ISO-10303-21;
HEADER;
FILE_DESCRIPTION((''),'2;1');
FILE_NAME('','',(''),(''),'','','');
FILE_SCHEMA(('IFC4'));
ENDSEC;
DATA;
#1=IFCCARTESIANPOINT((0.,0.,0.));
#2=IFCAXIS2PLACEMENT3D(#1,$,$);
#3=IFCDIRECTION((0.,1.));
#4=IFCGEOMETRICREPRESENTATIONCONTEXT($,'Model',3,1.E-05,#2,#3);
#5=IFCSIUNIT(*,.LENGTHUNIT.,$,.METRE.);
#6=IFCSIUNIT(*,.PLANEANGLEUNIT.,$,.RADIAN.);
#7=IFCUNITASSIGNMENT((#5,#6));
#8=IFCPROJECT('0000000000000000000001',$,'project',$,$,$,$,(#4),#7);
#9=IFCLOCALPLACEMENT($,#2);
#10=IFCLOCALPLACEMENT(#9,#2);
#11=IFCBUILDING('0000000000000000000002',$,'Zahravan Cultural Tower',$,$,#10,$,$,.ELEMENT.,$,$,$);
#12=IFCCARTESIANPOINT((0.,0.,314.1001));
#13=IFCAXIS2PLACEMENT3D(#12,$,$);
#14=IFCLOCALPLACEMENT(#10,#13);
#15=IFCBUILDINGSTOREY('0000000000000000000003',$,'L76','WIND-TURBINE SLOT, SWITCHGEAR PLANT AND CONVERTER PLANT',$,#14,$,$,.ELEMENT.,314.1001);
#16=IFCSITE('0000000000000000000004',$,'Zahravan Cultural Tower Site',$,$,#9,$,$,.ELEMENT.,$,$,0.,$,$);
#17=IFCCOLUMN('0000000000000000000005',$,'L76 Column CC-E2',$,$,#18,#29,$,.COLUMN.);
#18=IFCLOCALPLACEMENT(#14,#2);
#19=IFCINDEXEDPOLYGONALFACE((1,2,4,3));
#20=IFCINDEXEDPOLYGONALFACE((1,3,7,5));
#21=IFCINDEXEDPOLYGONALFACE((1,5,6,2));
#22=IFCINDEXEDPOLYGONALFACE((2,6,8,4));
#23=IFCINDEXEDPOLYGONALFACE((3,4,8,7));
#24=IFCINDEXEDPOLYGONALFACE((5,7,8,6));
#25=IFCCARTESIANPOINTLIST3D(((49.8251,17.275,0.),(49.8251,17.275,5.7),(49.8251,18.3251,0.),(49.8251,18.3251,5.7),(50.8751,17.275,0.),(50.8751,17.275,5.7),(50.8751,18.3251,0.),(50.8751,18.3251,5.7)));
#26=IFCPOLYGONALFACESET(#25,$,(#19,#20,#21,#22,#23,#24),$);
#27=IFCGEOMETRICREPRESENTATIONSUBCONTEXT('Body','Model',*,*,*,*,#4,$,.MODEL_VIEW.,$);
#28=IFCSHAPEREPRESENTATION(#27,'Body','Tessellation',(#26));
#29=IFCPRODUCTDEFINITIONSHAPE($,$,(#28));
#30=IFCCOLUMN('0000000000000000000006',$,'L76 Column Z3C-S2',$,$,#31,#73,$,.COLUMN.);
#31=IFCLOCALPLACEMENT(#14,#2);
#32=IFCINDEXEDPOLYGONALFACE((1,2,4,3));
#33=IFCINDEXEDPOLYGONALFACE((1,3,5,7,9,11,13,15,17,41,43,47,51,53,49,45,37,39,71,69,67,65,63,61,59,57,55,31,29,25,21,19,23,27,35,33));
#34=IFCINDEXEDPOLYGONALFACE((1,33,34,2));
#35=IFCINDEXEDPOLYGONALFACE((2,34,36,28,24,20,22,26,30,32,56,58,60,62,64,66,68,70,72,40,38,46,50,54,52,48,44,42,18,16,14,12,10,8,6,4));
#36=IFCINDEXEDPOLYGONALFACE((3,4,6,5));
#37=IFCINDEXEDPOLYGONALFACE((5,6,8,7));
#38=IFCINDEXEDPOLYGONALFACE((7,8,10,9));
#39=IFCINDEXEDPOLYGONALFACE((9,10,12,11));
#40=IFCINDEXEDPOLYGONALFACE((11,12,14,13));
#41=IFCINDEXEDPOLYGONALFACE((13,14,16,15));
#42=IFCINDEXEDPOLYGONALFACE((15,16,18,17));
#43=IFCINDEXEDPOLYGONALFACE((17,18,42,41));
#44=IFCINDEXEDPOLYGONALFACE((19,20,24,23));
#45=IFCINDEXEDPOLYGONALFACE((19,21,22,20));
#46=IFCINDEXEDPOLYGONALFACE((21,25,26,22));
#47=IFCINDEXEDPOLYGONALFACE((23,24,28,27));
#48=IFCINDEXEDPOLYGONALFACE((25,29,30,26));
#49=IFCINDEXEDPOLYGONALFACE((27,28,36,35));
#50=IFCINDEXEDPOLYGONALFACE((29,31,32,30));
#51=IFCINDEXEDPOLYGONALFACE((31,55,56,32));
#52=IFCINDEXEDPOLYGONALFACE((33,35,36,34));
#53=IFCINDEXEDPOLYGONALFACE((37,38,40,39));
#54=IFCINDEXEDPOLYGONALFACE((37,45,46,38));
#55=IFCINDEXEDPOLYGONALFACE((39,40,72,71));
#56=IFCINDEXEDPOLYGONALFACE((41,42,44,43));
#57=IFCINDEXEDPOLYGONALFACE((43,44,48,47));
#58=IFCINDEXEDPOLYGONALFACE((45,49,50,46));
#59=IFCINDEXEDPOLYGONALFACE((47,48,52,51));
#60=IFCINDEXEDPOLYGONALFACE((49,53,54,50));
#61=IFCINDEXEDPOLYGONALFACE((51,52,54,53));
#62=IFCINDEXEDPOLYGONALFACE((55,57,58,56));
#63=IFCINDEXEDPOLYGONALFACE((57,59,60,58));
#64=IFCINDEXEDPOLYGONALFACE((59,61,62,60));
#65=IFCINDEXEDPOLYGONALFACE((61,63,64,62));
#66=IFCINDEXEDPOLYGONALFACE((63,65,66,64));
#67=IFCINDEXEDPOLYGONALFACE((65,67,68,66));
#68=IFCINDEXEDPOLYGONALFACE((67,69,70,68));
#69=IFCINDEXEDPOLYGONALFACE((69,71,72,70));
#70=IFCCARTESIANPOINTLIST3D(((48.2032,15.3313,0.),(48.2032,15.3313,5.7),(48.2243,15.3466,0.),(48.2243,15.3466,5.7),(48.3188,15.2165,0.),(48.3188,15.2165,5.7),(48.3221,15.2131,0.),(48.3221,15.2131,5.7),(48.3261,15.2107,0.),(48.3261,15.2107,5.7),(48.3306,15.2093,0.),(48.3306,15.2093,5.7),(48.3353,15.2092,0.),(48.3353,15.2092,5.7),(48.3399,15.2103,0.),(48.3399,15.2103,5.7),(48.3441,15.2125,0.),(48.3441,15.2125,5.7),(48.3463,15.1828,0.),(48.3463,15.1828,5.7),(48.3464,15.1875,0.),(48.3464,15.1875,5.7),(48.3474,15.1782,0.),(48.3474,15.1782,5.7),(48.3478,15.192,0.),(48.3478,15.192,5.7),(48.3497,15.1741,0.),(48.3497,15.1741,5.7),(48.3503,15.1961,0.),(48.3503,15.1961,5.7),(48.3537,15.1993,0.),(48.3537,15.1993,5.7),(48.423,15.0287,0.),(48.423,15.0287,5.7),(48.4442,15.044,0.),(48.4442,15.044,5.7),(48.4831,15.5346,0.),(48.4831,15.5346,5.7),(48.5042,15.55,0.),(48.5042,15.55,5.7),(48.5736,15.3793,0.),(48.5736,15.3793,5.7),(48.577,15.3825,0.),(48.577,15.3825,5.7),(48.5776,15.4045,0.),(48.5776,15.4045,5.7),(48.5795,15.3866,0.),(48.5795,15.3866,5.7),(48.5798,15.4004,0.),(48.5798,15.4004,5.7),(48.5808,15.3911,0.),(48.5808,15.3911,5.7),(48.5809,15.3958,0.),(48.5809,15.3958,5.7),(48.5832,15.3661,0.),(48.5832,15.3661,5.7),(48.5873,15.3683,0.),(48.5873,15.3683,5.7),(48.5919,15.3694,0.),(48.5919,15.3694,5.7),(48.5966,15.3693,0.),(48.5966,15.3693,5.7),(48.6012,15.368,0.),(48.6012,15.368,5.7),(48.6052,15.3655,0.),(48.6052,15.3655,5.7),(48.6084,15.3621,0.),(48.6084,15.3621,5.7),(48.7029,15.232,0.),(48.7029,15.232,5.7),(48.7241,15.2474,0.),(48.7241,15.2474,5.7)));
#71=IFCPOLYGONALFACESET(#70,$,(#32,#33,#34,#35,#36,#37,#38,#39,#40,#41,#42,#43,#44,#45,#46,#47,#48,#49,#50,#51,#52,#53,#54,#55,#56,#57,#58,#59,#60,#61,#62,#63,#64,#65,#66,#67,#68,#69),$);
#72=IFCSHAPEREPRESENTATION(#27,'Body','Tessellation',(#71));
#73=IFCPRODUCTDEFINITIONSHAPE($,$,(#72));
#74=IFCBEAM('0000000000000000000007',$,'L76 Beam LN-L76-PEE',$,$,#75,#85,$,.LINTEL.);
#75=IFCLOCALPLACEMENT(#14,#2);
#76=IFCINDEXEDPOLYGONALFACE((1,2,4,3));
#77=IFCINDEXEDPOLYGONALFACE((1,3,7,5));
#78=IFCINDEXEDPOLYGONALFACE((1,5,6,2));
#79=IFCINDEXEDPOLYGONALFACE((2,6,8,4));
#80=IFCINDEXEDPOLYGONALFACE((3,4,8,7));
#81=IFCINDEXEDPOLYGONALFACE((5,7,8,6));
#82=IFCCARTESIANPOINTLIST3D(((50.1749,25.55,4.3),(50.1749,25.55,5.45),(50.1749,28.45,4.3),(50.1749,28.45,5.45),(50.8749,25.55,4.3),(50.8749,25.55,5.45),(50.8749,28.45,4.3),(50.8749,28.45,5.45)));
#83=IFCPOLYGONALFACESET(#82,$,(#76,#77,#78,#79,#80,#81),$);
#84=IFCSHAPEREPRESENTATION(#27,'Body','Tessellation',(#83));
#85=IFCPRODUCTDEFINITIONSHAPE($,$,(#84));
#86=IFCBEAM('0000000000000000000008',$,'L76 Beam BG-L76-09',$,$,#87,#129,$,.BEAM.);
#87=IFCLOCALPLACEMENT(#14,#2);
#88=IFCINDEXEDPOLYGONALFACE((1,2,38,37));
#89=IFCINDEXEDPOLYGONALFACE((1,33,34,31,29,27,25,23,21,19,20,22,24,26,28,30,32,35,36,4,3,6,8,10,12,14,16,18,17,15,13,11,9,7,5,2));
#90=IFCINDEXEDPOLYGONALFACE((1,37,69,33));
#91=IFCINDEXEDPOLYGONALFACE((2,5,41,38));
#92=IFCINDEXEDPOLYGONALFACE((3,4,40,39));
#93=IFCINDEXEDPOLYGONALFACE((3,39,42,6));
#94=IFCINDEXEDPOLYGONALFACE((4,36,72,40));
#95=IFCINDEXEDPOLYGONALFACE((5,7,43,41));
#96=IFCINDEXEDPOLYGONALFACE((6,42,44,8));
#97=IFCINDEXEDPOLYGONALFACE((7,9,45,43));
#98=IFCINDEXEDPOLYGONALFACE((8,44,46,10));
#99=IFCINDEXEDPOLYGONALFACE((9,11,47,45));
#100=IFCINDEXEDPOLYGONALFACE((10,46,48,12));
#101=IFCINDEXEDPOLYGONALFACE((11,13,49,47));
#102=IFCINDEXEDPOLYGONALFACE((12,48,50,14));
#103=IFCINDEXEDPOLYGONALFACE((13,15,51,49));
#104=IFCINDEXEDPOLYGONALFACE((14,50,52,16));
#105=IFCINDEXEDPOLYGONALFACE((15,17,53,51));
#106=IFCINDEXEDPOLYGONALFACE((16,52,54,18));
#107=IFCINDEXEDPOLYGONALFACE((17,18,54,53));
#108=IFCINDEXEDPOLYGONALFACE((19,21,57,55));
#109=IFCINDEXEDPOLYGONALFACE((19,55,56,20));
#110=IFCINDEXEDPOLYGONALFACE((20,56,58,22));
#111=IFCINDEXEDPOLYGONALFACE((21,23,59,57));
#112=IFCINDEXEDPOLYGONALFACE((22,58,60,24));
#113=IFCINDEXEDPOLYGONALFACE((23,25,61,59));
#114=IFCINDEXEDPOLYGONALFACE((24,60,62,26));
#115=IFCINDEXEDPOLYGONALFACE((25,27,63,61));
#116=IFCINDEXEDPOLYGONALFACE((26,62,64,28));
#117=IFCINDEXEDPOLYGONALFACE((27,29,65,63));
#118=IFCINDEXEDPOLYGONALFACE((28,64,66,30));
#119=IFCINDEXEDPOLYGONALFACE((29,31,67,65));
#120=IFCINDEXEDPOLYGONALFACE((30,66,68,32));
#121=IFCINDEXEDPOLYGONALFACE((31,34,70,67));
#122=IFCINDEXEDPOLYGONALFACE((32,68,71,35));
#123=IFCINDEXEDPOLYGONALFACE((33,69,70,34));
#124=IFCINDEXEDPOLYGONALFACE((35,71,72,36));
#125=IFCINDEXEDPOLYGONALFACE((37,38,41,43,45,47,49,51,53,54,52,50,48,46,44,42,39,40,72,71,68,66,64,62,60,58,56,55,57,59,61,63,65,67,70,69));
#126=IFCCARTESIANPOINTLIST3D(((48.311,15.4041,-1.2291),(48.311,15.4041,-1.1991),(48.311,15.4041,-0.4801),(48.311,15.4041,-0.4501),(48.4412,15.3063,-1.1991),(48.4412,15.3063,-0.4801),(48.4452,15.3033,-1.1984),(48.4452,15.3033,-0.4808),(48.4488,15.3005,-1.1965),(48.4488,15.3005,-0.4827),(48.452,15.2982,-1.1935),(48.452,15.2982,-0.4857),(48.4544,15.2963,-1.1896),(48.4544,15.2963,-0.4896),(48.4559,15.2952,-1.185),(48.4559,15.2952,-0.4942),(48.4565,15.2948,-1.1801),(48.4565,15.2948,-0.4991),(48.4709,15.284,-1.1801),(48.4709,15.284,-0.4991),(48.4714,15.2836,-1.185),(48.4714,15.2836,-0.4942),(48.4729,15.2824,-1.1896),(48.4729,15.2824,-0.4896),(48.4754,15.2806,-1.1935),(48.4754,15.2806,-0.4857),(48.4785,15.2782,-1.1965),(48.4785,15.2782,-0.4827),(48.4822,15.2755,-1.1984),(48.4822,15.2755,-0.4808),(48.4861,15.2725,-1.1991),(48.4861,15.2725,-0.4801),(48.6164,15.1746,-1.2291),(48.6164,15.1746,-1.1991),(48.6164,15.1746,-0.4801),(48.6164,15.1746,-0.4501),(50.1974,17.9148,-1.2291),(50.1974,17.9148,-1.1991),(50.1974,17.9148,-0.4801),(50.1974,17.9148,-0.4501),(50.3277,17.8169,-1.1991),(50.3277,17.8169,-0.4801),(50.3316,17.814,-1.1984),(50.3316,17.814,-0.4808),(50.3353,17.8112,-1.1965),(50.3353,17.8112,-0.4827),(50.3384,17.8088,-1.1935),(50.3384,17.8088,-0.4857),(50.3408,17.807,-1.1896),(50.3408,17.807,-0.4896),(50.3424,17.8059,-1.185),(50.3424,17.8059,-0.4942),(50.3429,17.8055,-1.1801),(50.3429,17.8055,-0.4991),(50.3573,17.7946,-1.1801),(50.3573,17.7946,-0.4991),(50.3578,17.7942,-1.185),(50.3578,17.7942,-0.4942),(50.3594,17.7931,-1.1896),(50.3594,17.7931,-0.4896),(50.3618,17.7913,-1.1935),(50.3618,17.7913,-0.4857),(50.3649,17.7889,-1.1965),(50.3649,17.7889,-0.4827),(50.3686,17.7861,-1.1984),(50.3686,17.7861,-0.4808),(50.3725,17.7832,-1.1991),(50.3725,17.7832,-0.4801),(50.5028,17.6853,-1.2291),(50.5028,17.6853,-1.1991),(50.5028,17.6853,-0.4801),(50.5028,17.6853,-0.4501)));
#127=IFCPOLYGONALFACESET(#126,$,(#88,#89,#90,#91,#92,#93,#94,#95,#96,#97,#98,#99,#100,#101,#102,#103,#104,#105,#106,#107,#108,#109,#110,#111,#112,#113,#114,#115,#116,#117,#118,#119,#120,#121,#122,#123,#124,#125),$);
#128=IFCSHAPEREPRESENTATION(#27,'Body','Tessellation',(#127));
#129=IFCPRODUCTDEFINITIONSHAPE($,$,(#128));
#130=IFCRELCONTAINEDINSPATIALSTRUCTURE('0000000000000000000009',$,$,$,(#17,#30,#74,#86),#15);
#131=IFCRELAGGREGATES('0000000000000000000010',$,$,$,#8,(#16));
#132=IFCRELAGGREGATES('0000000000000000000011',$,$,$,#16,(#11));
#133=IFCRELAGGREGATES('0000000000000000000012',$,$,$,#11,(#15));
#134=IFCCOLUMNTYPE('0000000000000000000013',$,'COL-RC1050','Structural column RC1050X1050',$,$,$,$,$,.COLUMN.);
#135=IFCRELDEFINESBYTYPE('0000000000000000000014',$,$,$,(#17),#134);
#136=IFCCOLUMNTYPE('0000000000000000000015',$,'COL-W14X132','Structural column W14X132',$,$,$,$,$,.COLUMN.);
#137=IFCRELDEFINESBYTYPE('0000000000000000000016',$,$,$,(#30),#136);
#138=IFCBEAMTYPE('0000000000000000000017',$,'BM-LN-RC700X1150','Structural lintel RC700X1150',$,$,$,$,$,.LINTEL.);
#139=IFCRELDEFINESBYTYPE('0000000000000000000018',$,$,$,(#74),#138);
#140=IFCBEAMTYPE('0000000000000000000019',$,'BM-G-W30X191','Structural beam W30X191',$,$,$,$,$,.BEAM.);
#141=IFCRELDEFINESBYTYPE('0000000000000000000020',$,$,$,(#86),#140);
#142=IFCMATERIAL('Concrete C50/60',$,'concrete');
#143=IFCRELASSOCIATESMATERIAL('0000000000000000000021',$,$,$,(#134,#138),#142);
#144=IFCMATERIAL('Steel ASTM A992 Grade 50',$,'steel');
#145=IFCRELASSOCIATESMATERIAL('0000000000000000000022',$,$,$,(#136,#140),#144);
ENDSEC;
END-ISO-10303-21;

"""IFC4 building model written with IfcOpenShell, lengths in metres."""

from ifc_helpers import new_model, si_unit, direction, frame, origin, origin_2d, place, context, subcontext, project, spatial, rectangle, i_section, extrude, source, transform, mapped, material, material_profile, profile_set, type_object, element, save


model = new_model("IFC4")

# Units and contexts
model_context = context("Model", 3, precision=1e-05, world=origin(), true_north=direction((0.0, 1.0)))
body_context = subcontext(model_context, "Body", "Model", "MODEL_VIEW")
ifc_project = project(units=[si_unit("LENGTHUNIT", "METRE"), si_unit("PLANEANGLEUNIT", "RADIAN")], contexts=[model_context])

# Site, building, storey
site_placement = place(None, origin())
site = spatial("IfcSite", under=ifc_project, at=site_placement, Name="Zahravan Cultural Tower Site", CompositionType="ELEMENT", RefElevation=0.0)
building_placement = place(site_placement, origin())
building = spatial("IfcBuilding", under=site, at=building_placement, Name="Zahravan Cultural Tower", CompositionType="ELEMENT")
storey_placement = place(building_placement, frame((0.0, 0.0, 314.1001)))
storey = spatial("IfcBuildingStorey", under=building, at=storey_placement, Name="L76", Description="WIND-TURBINE SLOT, SWITCHGEAR PLANT AND CONVERTER PLANT", CompositionType="ELEMENT", Elevation=314.1001)

# Columns
ifc_material_1 = material(Name="Concrete C50/60", Category="concrete")
ifc_material_profile_1 = material_profile(ifc_material_1, rectangle(XDim=1.05, YDim=1.05, at=origin_2d()), Name="RC1050X1050")
ifc_profile_set_1 = profile_set([ifc_material_profile_1], Name="Concrete C50/60")
column_type_1 = type_object("IfcColumnType", Name="COL-RC1050", Description="Structural column RC1050X1050", PredefinedType="COLUMN", material=ifc_profile_set_1)
shared_shape_1 = source(origin(), body_context, "Body", "SweptSolid", [
    extrude(rectangle(XDim=1.05, YDim=1.05, at=origin_2d()), origin(), (0.0, 0.0, 1.0), 5.7),
])
column_1_placement = place(storey_placement, frame((50.3501, 17.8, 0.0), z_axis=(0.0, 0.0, 1.0), x_axis=(1.0, 0.0, 0.0)))
element("IfcColumn", 1, at=column_1_placement, inside=storey, type_object=column_type_1, Name="L76 Column CC-E2", PredefinedType="COLUMN", context=body_context, shape_type="MappedRepresentation", body=[
    mapped(shared_shape_1, transform((0.0, 0.0, 0.0), x_axis=(1.0, 0.0, 0.0), y_axis=(0.0, 1.0, 0.0), z_axis=(0.0, 0.0, 1.0), scale=1.0)),
])
ifc_material_2 = material(Name="Steel ASTM A992 Grade 50", Category="steel")
ifc_material_profile_2 = material_profile(ifc_material_2, i_section(OverallWidth=0.374, OverallDepth=0.3721, WebThickness=0.0164, FlangeThickness=0.0261, FilletRadius=0.0181, at=origin_2d()), Name="W14X132")
ifc_profile_set_2 = profile_set([ifc_material_profile_2], Name="Steel ASTM A992 Grade 50")
column_type_2 = type_object("IfcColumnType", Name="COL-W14X132", Description="Structural column W14X132", PredefinedType="COLUMN", material=ifc_profile_set_2)
shared_shape_2 = source(origin(), body_context, "Body", "SweptSolid", [
    extrude(i_section(OverallWidth=0.374, OverallDepth=0.3721, WebThickness=0.0164, FlangeThickness=0.0261, FilletRadius=0.0181, at=origin_2d()), origin(), (0.0, 0.0, 1.0), 5.7),
])
column_2_placement = place(storey_placement, frame((48.4636, 15.2893, 0.0), z_axis=(0.0, 0.0, 1.0), x_axis=(-0.587785, 0.809017, 0.0)))
element("IfcColumn", 2, at=column_2_placement, inside=storey, type_object=column_type_2, Name="L76 Column Z3C-S2", PredefinedType="COLUMN", context=body_context, shape_type="MappedRepresentation", body=[
    mapped(shared_shape_2, transform((0.0, 0.0, 0.0), x_axis=(1.0, 0.0, 0.0), y_axis=(0.0, 1.0, 0.0), z_axis=(0.0, 0.0, 1.0), scale=1.0)),
])

# Beams
ifc_material_profile_3 = material_profile(ifc_material_1, rectangle(XDim=0.7, YDim=1.1499, at=origin_2d()), Name="RC700X1150")
ifc_profile_set_3 = profile_set([ifc_material_profile_3], Name="Concrete C50/60")
beam_type_1 = type_object("IfcBeamType", Name="BM-LN-RC700X1150", Description="Structural lintel RC700X1150", PredefinedType="LINTEL", material=ifc_profile_set_3)
shared_shape_3 = source(origin(), body_context, "Body", "SweptSolid", [
    extrude(rectangle(XDim=0.7, YDim=1.1499, at=origin_2d()), origin(), (0.0, 0.0, 1.0), 2.8999),
])
beam_1_placement = place(storey_placement, frame((50.5249, 25.55, 4.875), z_axis=(0.0, 1.0, 0.0), x_axis=(-1.0, 0.0, 0.0)))
element("IfcBeam", 3, at=beam_1_placement, inside=storey, type_object=beam_type_1, Name="L76 Beam LN-L76-PEE", PredefinedType="LINTEL", context=body_context, shape_type="MappedRepresentation", body=[
    mapped(shared_shape_3, transform((0.0, 0.0, 0.0), x_axis=(1.0, 0.0, 0.0), y_axis=(0.0, 1.0, 0.0), z_axis=(0.0, 0.0, 1.0), scale=1.0)),
])
ifc_material_profile_4 = material_profile(ifc_material_2, i_section(OverallWidth=0.3821, OverallDepth=0.7791, WebThickness=0.0181, FlangeThickness=0.03, FilletRadius=0.019, at=origin_2d()), Name="W30X191")
ifc_profile_set_4 = profile_set([ifc_material_profile_4], Name="Steel ASTM A992 Grade 50")
beam_type_2 = type_object("IfcBeamType", Name="BM-G-W30X191", Description="Structural beam W30X191", PredefinedType="BEAM", material=ifc_profile_set_4)
shared_shape_4 = source(origin(), body_context, "Body", "SweptSolid", [
    extrude(i_section(OverallWidth=0.3821, OverallDepth=0.7791, WebThickness=0.0181, FlangeThickness=0.03, FilletRadius=0.019, at=origin_2d()), origin(), (0.0, 0.0, 1.0), 3.1404),
])
beam_2_placement = place(storey_placement, frame((50.3501, 17.8, -0.8396), z_axis=(-0.600696, -0.799477, 0.0), x_axis=(0.799477, -0.600696, 0.0)))
element("IfcBeam", 4, at=beam_2_placement, inside=storey, type_object=beam_type_2, Name="L76 Beam BG-L76-09", PredefinedType="BEAM", context=body_context, shape_type="MappedRepresentation", body=[
    mapped(shared_shape_4, transform((0.0, 0.0, 0.0), x_axis=(1.0, 0.0, 0.0), y_axis=(0.0, 1.0, 0.0), z_axis=(0.0, 0.0, 1.0), scale=1.0)),
])

save(model, "model.ifc")
